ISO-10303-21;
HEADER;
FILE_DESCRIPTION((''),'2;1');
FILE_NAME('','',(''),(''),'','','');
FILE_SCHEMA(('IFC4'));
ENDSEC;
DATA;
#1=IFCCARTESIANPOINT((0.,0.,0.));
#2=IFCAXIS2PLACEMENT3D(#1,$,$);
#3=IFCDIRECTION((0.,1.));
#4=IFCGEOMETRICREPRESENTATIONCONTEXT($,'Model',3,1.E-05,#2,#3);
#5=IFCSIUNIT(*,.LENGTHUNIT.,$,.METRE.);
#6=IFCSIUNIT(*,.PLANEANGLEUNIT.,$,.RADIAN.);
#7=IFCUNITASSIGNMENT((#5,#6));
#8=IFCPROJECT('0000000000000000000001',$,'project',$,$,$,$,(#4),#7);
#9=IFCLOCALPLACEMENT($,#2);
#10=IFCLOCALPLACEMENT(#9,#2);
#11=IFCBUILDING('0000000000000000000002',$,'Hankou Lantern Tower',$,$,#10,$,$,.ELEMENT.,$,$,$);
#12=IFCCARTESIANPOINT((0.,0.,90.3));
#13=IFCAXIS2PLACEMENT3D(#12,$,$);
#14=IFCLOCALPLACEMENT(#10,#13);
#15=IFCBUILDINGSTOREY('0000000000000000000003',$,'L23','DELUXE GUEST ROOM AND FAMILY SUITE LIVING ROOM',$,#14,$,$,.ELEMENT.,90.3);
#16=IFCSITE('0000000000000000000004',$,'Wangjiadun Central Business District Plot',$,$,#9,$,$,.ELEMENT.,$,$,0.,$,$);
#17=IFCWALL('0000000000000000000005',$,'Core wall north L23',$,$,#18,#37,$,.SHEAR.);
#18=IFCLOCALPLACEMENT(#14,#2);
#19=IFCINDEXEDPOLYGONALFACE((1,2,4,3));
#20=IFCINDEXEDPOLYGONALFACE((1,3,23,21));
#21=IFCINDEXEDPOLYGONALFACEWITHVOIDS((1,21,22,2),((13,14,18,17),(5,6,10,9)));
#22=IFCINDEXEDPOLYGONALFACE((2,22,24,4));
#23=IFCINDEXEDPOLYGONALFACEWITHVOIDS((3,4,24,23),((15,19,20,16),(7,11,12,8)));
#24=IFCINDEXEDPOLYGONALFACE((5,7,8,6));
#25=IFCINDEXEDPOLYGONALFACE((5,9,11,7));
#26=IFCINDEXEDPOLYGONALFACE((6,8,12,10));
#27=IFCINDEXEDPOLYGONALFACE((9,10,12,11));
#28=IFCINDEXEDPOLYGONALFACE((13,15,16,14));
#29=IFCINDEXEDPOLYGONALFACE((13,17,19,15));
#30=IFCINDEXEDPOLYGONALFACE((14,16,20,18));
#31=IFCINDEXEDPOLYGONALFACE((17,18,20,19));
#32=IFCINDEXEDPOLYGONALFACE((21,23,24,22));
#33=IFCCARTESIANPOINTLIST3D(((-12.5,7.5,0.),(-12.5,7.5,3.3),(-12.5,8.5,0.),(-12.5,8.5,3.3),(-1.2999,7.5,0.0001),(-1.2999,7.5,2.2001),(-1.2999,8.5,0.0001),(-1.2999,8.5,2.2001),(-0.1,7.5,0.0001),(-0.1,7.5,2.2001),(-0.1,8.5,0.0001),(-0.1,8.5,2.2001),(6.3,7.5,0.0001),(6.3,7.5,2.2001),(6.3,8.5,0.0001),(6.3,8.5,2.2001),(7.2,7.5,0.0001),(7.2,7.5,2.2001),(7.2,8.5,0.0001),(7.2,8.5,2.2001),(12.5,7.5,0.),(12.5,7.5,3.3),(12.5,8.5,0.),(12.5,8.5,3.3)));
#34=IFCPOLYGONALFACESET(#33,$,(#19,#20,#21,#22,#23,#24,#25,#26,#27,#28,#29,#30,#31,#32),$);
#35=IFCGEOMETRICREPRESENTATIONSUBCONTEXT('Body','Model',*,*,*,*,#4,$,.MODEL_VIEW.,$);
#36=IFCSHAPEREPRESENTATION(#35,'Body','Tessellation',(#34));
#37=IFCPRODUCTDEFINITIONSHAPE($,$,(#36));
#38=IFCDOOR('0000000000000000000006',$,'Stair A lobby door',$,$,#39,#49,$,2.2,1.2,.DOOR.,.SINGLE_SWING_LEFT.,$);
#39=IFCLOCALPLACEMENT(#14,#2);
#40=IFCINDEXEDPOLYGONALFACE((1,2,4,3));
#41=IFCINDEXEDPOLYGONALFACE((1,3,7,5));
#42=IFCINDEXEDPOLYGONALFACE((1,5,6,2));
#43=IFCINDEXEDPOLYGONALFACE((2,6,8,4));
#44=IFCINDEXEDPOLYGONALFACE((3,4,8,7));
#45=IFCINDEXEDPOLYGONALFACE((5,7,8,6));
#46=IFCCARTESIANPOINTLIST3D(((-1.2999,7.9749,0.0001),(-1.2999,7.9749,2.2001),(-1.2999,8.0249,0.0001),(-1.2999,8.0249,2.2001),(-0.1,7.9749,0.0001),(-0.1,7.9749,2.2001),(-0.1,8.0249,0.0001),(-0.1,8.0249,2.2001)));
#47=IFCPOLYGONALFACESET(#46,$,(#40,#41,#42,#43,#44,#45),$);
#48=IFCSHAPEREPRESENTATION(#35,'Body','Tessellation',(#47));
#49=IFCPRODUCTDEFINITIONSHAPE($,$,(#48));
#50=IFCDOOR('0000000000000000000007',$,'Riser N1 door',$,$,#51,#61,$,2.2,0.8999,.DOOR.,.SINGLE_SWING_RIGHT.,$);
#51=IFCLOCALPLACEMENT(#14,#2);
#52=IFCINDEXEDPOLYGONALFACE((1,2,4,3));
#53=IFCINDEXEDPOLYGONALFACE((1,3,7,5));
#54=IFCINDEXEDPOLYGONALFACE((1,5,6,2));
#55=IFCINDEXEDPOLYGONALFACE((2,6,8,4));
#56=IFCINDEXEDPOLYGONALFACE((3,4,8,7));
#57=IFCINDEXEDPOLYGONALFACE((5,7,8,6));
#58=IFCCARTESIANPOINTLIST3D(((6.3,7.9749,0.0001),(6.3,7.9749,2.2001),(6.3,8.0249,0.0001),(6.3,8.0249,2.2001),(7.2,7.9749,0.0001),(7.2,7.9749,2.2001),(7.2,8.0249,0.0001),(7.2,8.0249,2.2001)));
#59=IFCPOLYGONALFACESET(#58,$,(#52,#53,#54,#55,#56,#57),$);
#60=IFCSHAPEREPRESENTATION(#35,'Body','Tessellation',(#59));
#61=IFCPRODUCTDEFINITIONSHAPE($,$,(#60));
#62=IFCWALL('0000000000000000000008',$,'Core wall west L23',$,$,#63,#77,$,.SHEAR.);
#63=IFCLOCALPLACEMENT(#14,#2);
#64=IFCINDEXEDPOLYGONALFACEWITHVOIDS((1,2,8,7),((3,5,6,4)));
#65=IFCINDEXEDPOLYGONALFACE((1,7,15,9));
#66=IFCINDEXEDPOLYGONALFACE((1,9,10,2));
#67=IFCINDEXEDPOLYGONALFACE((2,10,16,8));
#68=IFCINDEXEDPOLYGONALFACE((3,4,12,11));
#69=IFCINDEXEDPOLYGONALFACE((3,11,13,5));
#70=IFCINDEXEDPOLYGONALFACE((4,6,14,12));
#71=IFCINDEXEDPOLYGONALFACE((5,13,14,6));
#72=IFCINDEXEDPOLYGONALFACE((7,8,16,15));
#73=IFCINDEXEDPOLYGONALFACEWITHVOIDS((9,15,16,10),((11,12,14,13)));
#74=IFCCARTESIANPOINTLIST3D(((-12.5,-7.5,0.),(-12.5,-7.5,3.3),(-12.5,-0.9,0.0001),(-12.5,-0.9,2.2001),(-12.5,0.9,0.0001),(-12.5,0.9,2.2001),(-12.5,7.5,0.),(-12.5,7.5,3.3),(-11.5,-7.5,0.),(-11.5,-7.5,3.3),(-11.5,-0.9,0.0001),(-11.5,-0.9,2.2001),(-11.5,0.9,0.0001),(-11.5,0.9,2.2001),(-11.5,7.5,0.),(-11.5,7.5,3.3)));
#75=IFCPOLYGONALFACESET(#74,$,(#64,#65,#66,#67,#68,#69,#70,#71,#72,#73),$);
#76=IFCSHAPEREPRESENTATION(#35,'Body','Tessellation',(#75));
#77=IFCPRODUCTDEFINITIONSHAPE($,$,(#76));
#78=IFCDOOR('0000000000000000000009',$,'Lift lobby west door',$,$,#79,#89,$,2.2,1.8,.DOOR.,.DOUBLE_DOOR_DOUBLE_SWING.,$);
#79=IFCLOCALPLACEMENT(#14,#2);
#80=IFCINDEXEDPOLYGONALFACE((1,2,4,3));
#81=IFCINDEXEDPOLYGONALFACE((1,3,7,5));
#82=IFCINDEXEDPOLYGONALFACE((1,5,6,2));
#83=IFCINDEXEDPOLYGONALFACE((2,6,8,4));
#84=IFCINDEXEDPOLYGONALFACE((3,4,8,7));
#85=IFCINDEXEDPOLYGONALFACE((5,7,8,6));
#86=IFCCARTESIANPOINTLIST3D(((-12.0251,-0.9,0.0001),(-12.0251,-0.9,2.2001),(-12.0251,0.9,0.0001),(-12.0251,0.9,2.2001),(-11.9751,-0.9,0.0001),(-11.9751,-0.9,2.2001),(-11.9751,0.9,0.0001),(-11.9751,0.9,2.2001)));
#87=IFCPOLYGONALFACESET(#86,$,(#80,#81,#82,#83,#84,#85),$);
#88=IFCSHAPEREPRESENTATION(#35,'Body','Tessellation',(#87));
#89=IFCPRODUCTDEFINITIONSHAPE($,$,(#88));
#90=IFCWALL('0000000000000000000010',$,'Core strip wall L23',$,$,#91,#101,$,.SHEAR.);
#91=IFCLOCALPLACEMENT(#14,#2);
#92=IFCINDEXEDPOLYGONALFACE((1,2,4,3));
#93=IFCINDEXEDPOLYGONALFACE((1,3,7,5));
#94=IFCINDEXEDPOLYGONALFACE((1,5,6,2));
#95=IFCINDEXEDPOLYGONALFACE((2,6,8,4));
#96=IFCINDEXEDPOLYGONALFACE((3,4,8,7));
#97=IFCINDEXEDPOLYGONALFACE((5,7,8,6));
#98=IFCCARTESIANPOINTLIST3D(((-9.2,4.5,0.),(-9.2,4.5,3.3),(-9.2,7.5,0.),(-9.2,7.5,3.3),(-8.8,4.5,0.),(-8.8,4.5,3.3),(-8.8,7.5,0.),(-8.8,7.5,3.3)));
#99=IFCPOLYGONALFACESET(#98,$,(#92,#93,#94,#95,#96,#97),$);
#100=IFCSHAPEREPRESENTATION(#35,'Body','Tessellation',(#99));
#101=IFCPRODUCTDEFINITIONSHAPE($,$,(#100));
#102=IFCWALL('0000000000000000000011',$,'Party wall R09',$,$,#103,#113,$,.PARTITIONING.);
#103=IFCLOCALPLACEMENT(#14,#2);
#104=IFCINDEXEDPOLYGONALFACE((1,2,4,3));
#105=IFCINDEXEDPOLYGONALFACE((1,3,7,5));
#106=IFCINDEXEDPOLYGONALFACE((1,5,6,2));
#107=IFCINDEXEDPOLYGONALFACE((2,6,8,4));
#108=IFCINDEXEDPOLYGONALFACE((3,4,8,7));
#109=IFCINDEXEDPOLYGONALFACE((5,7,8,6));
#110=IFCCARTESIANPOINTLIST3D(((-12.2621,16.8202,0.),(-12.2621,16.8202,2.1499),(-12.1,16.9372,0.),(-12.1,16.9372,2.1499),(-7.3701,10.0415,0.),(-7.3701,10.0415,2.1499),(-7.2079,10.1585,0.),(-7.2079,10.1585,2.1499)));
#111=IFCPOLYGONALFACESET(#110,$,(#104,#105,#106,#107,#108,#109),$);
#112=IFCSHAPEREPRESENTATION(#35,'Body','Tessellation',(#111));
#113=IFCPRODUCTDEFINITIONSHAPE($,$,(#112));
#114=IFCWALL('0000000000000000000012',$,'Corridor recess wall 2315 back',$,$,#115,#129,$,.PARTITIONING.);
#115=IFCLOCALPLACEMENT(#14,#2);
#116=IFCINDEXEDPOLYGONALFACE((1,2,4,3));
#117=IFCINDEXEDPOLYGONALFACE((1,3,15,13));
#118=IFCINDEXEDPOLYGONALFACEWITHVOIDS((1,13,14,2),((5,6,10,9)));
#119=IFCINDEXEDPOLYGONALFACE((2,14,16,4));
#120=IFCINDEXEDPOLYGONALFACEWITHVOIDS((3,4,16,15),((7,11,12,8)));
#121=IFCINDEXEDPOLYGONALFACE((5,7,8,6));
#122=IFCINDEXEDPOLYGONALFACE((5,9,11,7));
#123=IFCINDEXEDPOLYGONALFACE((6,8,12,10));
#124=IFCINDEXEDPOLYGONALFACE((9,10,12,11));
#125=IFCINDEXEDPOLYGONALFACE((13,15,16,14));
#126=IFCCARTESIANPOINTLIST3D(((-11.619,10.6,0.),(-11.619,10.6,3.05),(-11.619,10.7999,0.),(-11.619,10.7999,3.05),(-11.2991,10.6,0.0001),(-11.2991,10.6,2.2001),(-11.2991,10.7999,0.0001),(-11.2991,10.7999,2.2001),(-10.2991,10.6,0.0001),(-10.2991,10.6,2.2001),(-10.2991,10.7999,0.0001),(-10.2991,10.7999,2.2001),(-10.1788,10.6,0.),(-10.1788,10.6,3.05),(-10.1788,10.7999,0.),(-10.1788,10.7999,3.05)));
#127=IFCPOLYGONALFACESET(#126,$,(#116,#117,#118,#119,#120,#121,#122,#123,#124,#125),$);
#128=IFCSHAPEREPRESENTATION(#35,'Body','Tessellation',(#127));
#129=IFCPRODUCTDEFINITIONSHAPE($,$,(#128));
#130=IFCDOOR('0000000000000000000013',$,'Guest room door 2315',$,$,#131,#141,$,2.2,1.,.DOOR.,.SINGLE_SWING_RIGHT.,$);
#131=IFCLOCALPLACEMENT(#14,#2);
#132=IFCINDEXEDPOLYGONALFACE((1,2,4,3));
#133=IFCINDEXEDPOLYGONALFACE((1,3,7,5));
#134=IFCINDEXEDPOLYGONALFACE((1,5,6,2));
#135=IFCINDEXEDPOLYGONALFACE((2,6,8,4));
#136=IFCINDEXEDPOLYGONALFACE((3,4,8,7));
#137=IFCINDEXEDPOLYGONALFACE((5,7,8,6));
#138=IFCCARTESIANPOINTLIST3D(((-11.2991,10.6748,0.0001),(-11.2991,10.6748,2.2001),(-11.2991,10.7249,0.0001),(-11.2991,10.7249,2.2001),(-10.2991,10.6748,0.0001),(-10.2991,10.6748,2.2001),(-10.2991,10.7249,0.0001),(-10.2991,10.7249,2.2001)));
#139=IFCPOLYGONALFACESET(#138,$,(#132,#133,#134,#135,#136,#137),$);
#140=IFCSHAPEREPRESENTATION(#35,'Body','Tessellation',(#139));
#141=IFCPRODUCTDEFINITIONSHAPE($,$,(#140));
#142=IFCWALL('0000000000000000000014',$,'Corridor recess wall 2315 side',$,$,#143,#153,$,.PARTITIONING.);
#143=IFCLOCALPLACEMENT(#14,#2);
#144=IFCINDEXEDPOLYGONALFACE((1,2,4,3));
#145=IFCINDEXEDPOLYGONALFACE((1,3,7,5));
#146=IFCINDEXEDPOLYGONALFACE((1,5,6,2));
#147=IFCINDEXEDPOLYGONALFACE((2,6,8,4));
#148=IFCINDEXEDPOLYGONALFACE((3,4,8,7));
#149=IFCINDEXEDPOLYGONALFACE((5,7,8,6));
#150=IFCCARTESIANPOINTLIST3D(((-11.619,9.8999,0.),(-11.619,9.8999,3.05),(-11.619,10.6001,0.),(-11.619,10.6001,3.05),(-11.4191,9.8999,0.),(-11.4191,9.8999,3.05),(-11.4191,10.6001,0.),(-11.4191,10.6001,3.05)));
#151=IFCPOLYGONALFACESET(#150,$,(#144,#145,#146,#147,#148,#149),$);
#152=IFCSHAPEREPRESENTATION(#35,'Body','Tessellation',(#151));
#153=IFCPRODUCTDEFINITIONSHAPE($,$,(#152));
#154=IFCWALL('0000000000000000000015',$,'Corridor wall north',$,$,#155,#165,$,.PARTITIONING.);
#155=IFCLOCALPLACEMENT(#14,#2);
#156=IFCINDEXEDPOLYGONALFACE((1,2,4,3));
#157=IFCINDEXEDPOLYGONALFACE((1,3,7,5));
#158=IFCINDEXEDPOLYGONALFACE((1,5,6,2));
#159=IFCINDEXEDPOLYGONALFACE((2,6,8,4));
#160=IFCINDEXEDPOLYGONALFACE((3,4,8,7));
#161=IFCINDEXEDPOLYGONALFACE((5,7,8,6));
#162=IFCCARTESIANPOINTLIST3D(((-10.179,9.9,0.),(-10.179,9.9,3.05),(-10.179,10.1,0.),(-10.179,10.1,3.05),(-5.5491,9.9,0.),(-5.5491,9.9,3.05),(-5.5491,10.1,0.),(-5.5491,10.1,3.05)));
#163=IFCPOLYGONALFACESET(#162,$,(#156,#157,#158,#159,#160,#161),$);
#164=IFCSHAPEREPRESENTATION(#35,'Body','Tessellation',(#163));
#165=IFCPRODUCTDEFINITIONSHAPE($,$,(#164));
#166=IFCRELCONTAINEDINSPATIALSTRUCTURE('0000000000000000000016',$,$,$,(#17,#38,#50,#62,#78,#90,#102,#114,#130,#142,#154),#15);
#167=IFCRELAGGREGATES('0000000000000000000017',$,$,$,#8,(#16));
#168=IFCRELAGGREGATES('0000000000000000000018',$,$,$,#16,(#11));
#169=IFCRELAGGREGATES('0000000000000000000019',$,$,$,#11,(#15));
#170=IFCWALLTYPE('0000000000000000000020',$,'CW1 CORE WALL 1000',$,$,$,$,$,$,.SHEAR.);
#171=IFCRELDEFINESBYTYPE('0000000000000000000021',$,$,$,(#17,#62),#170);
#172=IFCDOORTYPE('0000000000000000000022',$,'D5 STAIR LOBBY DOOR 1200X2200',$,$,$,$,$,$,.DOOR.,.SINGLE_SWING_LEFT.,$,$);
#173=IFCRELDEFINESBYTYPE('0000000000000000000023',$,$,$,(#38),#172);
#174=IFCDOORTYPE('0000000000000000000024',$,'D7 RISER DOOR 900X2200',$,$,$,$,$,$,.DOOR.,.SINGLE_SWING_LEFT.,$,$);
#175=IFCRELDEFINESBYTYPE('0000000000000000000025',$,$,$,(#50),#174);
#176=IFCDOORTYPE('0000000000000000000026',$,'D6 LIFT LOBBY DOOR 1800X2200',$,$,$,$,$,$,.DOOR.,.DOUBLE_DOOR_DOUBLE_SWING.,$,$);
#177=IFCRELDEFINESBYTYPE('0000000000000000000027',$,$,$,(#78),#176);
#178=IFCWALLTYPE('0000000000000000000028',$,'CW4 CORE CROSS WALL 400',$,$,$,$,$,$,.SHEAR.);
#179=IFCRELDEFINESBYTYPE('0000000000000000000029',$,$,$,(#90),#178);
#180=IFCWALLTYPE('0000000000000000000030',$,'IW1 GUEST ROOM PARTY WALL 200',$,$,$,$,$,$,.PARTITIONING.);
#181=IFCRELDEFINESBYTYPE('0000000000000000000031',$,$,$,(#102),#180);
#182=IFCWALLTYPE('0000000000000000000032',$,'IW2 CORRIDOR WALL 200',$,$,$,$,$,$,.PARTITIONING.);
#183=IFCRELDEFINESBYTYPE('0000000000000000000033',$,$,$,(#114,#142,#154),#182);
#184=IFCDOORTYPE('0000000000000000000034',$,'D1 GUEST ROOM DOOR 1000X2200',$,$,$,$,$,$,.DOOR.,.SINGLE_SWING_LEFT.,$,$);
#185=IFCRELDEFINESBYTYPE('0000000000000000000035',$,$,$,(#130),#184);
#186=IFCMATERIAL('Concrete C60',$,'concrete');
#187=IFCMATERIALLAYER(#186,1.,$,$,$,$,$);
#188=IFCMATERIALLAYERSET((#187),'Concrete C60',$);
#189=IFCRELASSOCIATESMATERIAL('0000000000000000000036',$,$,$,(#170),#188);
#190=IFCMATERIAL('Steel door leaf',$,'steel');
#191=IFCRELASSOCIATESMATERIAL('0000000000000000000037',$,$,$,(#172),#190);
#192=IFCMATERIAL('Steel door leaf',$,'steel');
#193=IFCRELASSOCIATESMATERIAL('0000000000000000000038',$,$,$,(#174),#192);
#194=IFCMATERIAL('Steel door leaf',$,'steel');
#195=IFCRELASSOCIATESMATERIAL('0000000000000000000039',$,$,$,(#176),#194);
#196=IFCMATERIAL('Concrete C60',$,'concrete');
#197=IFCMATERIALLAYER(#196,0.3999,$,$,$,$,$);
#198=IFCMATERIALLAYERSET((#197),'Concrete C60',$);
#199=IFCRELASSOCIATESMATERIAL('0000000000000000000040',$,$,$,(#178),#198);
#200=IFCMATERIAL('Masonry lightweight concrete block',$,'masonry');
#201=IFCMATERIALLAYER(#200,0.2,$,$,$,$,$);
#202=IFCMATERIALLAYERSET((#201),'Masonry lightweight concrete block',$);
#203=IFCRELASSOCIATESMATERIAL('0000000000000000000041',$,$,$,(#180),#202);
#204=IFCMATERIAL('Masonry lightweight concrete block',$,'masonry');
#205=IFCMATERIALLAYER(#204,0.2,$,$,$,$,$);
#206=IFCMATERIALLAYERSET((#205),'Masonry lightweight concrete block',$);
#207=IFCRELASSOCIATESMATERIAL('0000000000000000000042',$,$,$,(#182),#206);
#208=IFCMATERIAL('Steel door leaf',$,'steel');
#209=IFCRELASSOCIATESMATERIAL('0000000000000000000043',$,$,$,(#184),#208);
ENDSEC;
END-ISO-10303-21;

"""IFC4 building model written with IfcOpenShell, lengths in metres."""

from ifc_helpers import new_model, si_unit, direction, frame, frame_2d, origin, place, context, subcontext, project, spatial, rectangle, extrude, material, layer, layer_set, type_object, element, fill, save


model = new_model("IFC4")

# Units and contexts
model_context = context("Model", 3, precision=1e-05, world=origin(), true_north=direction((0.0, 1.0)))
body_context = subcontext(model_context, "Body", "Model", "MODEL_VIEW")
ifc_project = project(units=[si_unit("LENGTHUNIT", "METRE"), si_unit("PLANEANGLEUNIT", "RADIAN")], contexts=[model_context])

# Site, building, storey
site_placement = place(None, origin())
site = spatial("IfcSite", under=ifc_project, at=site_placement, Name="Wangjiadun Central Business District Plot", CompositionType="ELEMENT", RefElevation=0.0)
building_placement = place(site_placement, origin())
building = spatial("IfcBuilding", under=site, at=building_placement, Name="Hankou Lantern Tower", CompositionType="ELEMENT")
storey_placement = place(building_placement, frame((0.0, 0.0, 90.3)))
storey = spatial("IfcBuildingStorey", under=building, at=storey_placement, Name="L23", Description="DELUXE GUEST ROOM AND FAMILY SUITE LIVING ROOM", CompositionType="ELEMENT", Elevation=90.3)

# Wall, openings, doors
ifc_material_1 = material(Name="Concrete C60", Category="concrete")
ifc_layer_1 = layer(ifc_material_1, 1.0)
ifc_layer_set_1 = layer_set([ifc_layer_1], Name="Concrete C60")
wall_type_1 = type_object("IfcWallType", Name="CW1 CORE WALL 1000", PredefinedType="SHEAR", material=ifc_layer_set_1)
wall_1_placement = place(storey_placement, frame((-12.5, 8.0, 0.0), z_axis=(0.0, 0.0, 1.0), x_axis=(1.0, 0.0, 0.0)))
wall_1 = element("IfcWall", 1, at=wall_1_placement, inside=storey, type_object=wall_type_1, Name="Core wall north L23", PredefinedType="SHEAR", context=body_context, shape_type="SweptSolid", body=[
    extrude(rectangle(XDim=25.0, YDim=1.0, at=frame_2d((12.5, 0.0))), origin(), (0.0, 0.0, 1.0), 3.3),
])
opening_1_placement = place(wall_1_placement, frame((11.2, 0.0, 0.0)))
opening_1 = element("IfcOpeningElement", 2, at=opening_1_placement, cuts=wall_1, PredefinedType="OPENING", context=body_context, shape_type="SweptSolid", body=[
    extrude(rectangle(XDim=1.2, YDim=2.2, at=frame_2d((0.6001, 1.1001))), frame((0.0, 0.51, 0.0), z_axis=(0.0, -1.0, 0.0), x_axis=(1.0, 0.0, 0.0)), (0.0, 0.0, 1.0), 1.02),
])
opening_2_placement = place(wall_1_placement, frame((18.8, 0.0, 0.0)))
opening_2 = element("IfcOpeningElement", 3, at=opening_2_placement, cuts=wall_1, PredefinedType="OPENING", context=body_context, shape_type="SweptSolid", body=[
    extrude(rectangle(XDim=0.8999, YDim=2.2, at=frame_2d((0.45, 1.1001))), frame((0.0, 0.51, 0.0), z_axis=(0.0, -1.0, 0.0), x_axis=(1.0, 0.0, 0.0)), (0.0, 0.0, 1.0), 1.02),
])
ifc_material_2 = material(Name="Steel door leaf", Category="steel")
door_type_1 = type_object("IfcDoorType", Name="D5 STAIR LOBBY DOOR 1200X2200", OperationType="SINGLE_SWING_LEFT", PredefinedType="DOOR", material=ifc_material_2)
door_1_placement = place(opening_1_placement, origin())
door_1 = element("IfcDoor", 4, at=door_1_placement, inside=storey, type_object=door_type_1, Name="Stair A lobby door", OperationType="SINGLE_SWING_LEFT", OverallHeight=2.2, OverallWidth=1.2, PredefinedType="DOOR", context=body_context, shape_type="SweptSolid", body=[
    extrude(rectangle(XDim=1.2, YDim=2.2, at=frame_2d((0.6001, 1.1001))), frame((0.0, 0.0249, 0.0), z_axis=(0.0, -1.0, 0.0), x_axis=(1.0, 0.0, 0.0)), (0.0, 0.0, 1.0), 0.05),
])
fill(opening_1, door_1)
ifc_material_3 = material(Name="Steel door leaf", Category="steel")
door_type_2 = type_object("IfcDoorType", Name="D7 RISER DOOR 900X2200", OperationType="SINGLE_SWING_LEFT", PredefinedType="DOOR", material=ifc_material_3)
door_2_placement = place(opening_2_placement, origin())
door_2 = element("IfcDoor", 5, at=door_2_placement, inside=storey, type_object=door_type_2, Name="Riser N1 door", OperationType="SINGLE_SWING_RIGHT", OverallHeight=2.2, OverallWidth=0.8999, PredefinedType="DOOR", context=body_context, shape_type="SweptSolid", body=[
    extrude(rectangle(XDim=0.8999, YDim=2.2, at=frame_2d((0.45, 1.1001))), frame((0.0, 0.0249, 0.0), z_axis=(0.0, -1.0, 0.0), x_axis=(1.0, 0.0, 0.0)), (0.0, 0.0, 1.0), 0.05),
])
fill(opening_2, door_2)

# Wall, opening, door
wall_2_placement = place(storey_placement, frame((-12.0, 7.5, 0.0), z_axis=(0.0, 0.0, 1.0), x_axis=(0.0, -1.0, 0.0)))
wall_2 = element("IfcWall", 6, at=wall_2_placement, inside=storey, type_object=wall_type_1, Name="Core wall west L23", PredefinedType="SHEAR", context=body_context, shape_type="SweptSolid", body=[
    extrude(rectangle(XDim=15.0, YDim=1.0, at=frame_2d((7.5, 0.0))), origin(), (0.0, 0.0, 1.0), 3.3),
])
opening_3_placement = place(wall_2_placement, frame((6.6001, 0.0, 0.0)))
opening_3 = element("IfcOpeningElement", 7, at=opening_3_placement, cuts=wall_2, PredefinedType="OPENING", context=body_context, shape_type="SweptSolid", body=[
    extrude(rectangle(XDim=1.8, YDim=2.2, at=frame_2d((0.8999, 1.1001))), frame((0.0, 0.51, 0.0), z_axis=(0.0, -1.0, 0.0), x_axis=(1.0, 0.0, 0.0)), (0.0, 0.0, 1.0), 1.02),
])
ifc_material_4 = material(Name="Steel door leaf", Category="steel")
door_type_3 = type_object("IfcDoorType", Name="D6 LIFT LOBBY DOOR 1800X2200", OperationType="DOUBLE_DOOR_DOUBLE_SWING", PredefinedType="DOOR", material=ifc_material_4)
door_3_placement = place(opening_3_placement, origin())
door_3 = element("IfcDoor", 8, at=door_3_placement, inside=storey, type_object=door_type_3, Name="Lift lobby west door", OperationType="DOUBLE_DOOR_DOUBLE_SWING", OverallHeight=2.2, OverallWidth=1.8, PredefinedType="DOOR", context=body_context, shape_type="SweptSolid", body=[
    extrude(rectangle(XDim=1.8, YDim=2.2, at=frame_2d((0.8999, 1.1001))), frame((0.0, 0.0249, 0.0), z_axis=(0.0, -1.0, 0.0), x_axis=(1.0, 0.0, 0.0)), (0.0, 0.0, 1.0), 0.05),
])
fill(opening_3, door_3)

# Walls
ifc_material_5 = material(Name="Concrete C60", Category="concrete")
ifc_layer_2 = layer(ifc_material_5, 0.3999)
ifc_layer_set_2 = layer_set([ifc_layer_2], Name="Concrete C60")
wall_type_2 = type_object("IfcWallType", Name="CW4 CORE CROSS WALL 400", PredefinedType="SHEAR", material=ifc_layer_set_2)
wall_3_placement = place(storey_placement, frame((-9.0, 4.5, 0.0), z_axis=(0.0, 0.0, 1.0), x_axis=(0.0, 1.0, 0.0)))
element("IfcWall", 9, at=wall_3_placement, inside=storey, type_object=wall_type_2, Name="Core strip wall L23", PredefinedType="SHEAR", context=body_context, shape_type="SweptSolid", body=[
    extrude(rectangle(XDim=3.0, YDim=0.3999, at=frame_2d((1.5, 0.0))), origin(), (0.0, 0.0, 1.0), 3.3),
])
ifc_material_6 = material(Name="Masonry lightweight concrete block", Category="masonry")
ifc_layer_3 = layer(ifc_material_6, 0.2)
ifc_layer_set_3 = layer_set([ifc_layer_3], Name="Masonry lightweight concrete block")
wall_type_3 = type_object("IfcWallType", Name="IW1 GUEST ROOM PARTY WALL 200", PredefinedType="PARTITIONING", material=ifc_layer_set_3)
wall_4_placement = place(storey_placement, frame((-7.2891, 10.1001, 0.0), z_axis=(0.0, 0.0, 1.0), x_axis=(-0.585198, 0.81089, 0.0)))
element("IfcWall", 10, at=wall_4_placement, inside=storey, type_object=wall_type_3, Name="Party wall R09", PredefinedType="PARTITIONING", context=body_context, shape_type="SweptSolid", body=[
    extrude(rectangle(XDim=8.3596, YDim=0.2, at=frame_2d((4.1797, 0.0))), origin(), (0.0, 0.0, 1.0), 2.1499),
])

# Wall, opening, door
ifc_material_7 = material(Name="Masonry lightweight concrete block", Category="masonry")
ifc_layer_4 = layer(ifc_material_7, 0.2)
ifc_layer_set_4 = layer_set([ifc_layer_4], Name="Masonry lightweight concrete block")
wall_type_4 = type_object("IfcWallType", Name="IW2 CORRIDOR WALL 200", PredefinedType="PARTITIONING", material=ifc_layer_set_4)
wall_5_placement = place(storey_placement, frame((-11.6191, 10.7, 0.0), z_axis=(0.0, 0.0, 1.0), x_axis=(1.0, 0.0, 0.0)))
wall_5 = element("IfcWall", 11, at=wall_5_placement, inside=storey, type_object=wall_type_4, Name="Corridor recess wall 2315 back", PredefinedType="PARTITIONING", context=body_context, shape_type="SweptSolid", body=[
    extrude(rectangle(XDim=1.4402, YDim=0.2, at=frame_2d((0.7202, 0.0))), origin(), (0.0, 0.0, 1.0), 3.05),
])
opening_4_placement = place(wall_5_placement, frame((0.3201, 0.0, 0.0)))
opening_4 = element("IfcOpeningElement", 12, at=opening_4_placement, cuts=wall_5, PredefinedType="OPENING", context=body_context, shape_type="SweptSolid", body=[
    extrude(rectangle(XDim=1.0, YDim=2.2, at=frame_2d((0.5, 1.1001))), frame((0.0, 0.1099, 0.0), z_axis=(0.0, -1.0, 0.0), x_axis=(1.0, 0.0, 0.0)), (0.0, 0.0, 1.0), 0.22),
])
ifc_material_8 = material(Name="Steel door leaf", Category="steel")
door_type_4 = type_object("IfcDoorType", Name="D1 GUEST ROOM DOOR 1000X2200", OperationType="SINGLE_SWING_LEFT", PredefinedType="DOOR", material=ifc_material_8)
door_4_placement = place(opening_4_placement, origin())
door_4 = element("IfcDoor", 13, at=door_4_placement, inside=storey, type_object=door_type_4, Name="Guest room door 2315", OperationType="SINGLE_SWING_RIGHT", OverallHeight=2.2, OverallWidth=1.0, PredefinedType="DOOR", context=body_context, shape_type="SweptSolid", body=[
    extrude(rectangle(XDim=1.0, YDim=2.2, at=frame_2d((0.5, 1.1001))), frame((0.0, 0.0249, 0.0), z_axis=(0.0, -1.0, 0.0), x_axis=(1.0, 0.0, 0.0)), (0.0, 0.0, 1.0), 0.05),
])
fill(opening_4, door_4)

# Walls
wall_6_placement = place(storey_placement, frame((-11.519, 9.8999, 0.0), z_axis=(0.0, 0.0, 1.0), x_axis=(0.0, 1.0, 0.0)))
element("IfcWall", 14, at=wall_6_placement, inside=storey, type_object=wall_type_4, Name="Corridor recess wall 2315 side", PredefinedType="PARTITIONING", context=body_context, shape_type="SweptSolid", body=[
    extrude(rectangle(XDim=0.7002, YDim=0.2, at=frame_2d((0.3501, 0.0))), origin(), (0.0, 0.0, 1.0), 3.05),
])
wall_7_placement = place(storey_placement, frame((-10.179, 10.0, 0.0), z_axis=(0.0, 0.0, 1.0), x_axis=(1.0, 0.0, 0.0)))
element("IfcWall", 15, at=wall_7_placement, inside=storey, type_object=wall_type_4, Name="Corridor wall north", PredefinedType="PARTITIONING", context=body_context, shape_type="SweptSolid", body=[
    extrude(rectangle(XDim=4.6299, YDim=0.2, at=frame_2d((2.3149, 0.0))), origin(), (0.0, 0.0, 1.0), 3.05),
])

save(model, "model.ifc")
